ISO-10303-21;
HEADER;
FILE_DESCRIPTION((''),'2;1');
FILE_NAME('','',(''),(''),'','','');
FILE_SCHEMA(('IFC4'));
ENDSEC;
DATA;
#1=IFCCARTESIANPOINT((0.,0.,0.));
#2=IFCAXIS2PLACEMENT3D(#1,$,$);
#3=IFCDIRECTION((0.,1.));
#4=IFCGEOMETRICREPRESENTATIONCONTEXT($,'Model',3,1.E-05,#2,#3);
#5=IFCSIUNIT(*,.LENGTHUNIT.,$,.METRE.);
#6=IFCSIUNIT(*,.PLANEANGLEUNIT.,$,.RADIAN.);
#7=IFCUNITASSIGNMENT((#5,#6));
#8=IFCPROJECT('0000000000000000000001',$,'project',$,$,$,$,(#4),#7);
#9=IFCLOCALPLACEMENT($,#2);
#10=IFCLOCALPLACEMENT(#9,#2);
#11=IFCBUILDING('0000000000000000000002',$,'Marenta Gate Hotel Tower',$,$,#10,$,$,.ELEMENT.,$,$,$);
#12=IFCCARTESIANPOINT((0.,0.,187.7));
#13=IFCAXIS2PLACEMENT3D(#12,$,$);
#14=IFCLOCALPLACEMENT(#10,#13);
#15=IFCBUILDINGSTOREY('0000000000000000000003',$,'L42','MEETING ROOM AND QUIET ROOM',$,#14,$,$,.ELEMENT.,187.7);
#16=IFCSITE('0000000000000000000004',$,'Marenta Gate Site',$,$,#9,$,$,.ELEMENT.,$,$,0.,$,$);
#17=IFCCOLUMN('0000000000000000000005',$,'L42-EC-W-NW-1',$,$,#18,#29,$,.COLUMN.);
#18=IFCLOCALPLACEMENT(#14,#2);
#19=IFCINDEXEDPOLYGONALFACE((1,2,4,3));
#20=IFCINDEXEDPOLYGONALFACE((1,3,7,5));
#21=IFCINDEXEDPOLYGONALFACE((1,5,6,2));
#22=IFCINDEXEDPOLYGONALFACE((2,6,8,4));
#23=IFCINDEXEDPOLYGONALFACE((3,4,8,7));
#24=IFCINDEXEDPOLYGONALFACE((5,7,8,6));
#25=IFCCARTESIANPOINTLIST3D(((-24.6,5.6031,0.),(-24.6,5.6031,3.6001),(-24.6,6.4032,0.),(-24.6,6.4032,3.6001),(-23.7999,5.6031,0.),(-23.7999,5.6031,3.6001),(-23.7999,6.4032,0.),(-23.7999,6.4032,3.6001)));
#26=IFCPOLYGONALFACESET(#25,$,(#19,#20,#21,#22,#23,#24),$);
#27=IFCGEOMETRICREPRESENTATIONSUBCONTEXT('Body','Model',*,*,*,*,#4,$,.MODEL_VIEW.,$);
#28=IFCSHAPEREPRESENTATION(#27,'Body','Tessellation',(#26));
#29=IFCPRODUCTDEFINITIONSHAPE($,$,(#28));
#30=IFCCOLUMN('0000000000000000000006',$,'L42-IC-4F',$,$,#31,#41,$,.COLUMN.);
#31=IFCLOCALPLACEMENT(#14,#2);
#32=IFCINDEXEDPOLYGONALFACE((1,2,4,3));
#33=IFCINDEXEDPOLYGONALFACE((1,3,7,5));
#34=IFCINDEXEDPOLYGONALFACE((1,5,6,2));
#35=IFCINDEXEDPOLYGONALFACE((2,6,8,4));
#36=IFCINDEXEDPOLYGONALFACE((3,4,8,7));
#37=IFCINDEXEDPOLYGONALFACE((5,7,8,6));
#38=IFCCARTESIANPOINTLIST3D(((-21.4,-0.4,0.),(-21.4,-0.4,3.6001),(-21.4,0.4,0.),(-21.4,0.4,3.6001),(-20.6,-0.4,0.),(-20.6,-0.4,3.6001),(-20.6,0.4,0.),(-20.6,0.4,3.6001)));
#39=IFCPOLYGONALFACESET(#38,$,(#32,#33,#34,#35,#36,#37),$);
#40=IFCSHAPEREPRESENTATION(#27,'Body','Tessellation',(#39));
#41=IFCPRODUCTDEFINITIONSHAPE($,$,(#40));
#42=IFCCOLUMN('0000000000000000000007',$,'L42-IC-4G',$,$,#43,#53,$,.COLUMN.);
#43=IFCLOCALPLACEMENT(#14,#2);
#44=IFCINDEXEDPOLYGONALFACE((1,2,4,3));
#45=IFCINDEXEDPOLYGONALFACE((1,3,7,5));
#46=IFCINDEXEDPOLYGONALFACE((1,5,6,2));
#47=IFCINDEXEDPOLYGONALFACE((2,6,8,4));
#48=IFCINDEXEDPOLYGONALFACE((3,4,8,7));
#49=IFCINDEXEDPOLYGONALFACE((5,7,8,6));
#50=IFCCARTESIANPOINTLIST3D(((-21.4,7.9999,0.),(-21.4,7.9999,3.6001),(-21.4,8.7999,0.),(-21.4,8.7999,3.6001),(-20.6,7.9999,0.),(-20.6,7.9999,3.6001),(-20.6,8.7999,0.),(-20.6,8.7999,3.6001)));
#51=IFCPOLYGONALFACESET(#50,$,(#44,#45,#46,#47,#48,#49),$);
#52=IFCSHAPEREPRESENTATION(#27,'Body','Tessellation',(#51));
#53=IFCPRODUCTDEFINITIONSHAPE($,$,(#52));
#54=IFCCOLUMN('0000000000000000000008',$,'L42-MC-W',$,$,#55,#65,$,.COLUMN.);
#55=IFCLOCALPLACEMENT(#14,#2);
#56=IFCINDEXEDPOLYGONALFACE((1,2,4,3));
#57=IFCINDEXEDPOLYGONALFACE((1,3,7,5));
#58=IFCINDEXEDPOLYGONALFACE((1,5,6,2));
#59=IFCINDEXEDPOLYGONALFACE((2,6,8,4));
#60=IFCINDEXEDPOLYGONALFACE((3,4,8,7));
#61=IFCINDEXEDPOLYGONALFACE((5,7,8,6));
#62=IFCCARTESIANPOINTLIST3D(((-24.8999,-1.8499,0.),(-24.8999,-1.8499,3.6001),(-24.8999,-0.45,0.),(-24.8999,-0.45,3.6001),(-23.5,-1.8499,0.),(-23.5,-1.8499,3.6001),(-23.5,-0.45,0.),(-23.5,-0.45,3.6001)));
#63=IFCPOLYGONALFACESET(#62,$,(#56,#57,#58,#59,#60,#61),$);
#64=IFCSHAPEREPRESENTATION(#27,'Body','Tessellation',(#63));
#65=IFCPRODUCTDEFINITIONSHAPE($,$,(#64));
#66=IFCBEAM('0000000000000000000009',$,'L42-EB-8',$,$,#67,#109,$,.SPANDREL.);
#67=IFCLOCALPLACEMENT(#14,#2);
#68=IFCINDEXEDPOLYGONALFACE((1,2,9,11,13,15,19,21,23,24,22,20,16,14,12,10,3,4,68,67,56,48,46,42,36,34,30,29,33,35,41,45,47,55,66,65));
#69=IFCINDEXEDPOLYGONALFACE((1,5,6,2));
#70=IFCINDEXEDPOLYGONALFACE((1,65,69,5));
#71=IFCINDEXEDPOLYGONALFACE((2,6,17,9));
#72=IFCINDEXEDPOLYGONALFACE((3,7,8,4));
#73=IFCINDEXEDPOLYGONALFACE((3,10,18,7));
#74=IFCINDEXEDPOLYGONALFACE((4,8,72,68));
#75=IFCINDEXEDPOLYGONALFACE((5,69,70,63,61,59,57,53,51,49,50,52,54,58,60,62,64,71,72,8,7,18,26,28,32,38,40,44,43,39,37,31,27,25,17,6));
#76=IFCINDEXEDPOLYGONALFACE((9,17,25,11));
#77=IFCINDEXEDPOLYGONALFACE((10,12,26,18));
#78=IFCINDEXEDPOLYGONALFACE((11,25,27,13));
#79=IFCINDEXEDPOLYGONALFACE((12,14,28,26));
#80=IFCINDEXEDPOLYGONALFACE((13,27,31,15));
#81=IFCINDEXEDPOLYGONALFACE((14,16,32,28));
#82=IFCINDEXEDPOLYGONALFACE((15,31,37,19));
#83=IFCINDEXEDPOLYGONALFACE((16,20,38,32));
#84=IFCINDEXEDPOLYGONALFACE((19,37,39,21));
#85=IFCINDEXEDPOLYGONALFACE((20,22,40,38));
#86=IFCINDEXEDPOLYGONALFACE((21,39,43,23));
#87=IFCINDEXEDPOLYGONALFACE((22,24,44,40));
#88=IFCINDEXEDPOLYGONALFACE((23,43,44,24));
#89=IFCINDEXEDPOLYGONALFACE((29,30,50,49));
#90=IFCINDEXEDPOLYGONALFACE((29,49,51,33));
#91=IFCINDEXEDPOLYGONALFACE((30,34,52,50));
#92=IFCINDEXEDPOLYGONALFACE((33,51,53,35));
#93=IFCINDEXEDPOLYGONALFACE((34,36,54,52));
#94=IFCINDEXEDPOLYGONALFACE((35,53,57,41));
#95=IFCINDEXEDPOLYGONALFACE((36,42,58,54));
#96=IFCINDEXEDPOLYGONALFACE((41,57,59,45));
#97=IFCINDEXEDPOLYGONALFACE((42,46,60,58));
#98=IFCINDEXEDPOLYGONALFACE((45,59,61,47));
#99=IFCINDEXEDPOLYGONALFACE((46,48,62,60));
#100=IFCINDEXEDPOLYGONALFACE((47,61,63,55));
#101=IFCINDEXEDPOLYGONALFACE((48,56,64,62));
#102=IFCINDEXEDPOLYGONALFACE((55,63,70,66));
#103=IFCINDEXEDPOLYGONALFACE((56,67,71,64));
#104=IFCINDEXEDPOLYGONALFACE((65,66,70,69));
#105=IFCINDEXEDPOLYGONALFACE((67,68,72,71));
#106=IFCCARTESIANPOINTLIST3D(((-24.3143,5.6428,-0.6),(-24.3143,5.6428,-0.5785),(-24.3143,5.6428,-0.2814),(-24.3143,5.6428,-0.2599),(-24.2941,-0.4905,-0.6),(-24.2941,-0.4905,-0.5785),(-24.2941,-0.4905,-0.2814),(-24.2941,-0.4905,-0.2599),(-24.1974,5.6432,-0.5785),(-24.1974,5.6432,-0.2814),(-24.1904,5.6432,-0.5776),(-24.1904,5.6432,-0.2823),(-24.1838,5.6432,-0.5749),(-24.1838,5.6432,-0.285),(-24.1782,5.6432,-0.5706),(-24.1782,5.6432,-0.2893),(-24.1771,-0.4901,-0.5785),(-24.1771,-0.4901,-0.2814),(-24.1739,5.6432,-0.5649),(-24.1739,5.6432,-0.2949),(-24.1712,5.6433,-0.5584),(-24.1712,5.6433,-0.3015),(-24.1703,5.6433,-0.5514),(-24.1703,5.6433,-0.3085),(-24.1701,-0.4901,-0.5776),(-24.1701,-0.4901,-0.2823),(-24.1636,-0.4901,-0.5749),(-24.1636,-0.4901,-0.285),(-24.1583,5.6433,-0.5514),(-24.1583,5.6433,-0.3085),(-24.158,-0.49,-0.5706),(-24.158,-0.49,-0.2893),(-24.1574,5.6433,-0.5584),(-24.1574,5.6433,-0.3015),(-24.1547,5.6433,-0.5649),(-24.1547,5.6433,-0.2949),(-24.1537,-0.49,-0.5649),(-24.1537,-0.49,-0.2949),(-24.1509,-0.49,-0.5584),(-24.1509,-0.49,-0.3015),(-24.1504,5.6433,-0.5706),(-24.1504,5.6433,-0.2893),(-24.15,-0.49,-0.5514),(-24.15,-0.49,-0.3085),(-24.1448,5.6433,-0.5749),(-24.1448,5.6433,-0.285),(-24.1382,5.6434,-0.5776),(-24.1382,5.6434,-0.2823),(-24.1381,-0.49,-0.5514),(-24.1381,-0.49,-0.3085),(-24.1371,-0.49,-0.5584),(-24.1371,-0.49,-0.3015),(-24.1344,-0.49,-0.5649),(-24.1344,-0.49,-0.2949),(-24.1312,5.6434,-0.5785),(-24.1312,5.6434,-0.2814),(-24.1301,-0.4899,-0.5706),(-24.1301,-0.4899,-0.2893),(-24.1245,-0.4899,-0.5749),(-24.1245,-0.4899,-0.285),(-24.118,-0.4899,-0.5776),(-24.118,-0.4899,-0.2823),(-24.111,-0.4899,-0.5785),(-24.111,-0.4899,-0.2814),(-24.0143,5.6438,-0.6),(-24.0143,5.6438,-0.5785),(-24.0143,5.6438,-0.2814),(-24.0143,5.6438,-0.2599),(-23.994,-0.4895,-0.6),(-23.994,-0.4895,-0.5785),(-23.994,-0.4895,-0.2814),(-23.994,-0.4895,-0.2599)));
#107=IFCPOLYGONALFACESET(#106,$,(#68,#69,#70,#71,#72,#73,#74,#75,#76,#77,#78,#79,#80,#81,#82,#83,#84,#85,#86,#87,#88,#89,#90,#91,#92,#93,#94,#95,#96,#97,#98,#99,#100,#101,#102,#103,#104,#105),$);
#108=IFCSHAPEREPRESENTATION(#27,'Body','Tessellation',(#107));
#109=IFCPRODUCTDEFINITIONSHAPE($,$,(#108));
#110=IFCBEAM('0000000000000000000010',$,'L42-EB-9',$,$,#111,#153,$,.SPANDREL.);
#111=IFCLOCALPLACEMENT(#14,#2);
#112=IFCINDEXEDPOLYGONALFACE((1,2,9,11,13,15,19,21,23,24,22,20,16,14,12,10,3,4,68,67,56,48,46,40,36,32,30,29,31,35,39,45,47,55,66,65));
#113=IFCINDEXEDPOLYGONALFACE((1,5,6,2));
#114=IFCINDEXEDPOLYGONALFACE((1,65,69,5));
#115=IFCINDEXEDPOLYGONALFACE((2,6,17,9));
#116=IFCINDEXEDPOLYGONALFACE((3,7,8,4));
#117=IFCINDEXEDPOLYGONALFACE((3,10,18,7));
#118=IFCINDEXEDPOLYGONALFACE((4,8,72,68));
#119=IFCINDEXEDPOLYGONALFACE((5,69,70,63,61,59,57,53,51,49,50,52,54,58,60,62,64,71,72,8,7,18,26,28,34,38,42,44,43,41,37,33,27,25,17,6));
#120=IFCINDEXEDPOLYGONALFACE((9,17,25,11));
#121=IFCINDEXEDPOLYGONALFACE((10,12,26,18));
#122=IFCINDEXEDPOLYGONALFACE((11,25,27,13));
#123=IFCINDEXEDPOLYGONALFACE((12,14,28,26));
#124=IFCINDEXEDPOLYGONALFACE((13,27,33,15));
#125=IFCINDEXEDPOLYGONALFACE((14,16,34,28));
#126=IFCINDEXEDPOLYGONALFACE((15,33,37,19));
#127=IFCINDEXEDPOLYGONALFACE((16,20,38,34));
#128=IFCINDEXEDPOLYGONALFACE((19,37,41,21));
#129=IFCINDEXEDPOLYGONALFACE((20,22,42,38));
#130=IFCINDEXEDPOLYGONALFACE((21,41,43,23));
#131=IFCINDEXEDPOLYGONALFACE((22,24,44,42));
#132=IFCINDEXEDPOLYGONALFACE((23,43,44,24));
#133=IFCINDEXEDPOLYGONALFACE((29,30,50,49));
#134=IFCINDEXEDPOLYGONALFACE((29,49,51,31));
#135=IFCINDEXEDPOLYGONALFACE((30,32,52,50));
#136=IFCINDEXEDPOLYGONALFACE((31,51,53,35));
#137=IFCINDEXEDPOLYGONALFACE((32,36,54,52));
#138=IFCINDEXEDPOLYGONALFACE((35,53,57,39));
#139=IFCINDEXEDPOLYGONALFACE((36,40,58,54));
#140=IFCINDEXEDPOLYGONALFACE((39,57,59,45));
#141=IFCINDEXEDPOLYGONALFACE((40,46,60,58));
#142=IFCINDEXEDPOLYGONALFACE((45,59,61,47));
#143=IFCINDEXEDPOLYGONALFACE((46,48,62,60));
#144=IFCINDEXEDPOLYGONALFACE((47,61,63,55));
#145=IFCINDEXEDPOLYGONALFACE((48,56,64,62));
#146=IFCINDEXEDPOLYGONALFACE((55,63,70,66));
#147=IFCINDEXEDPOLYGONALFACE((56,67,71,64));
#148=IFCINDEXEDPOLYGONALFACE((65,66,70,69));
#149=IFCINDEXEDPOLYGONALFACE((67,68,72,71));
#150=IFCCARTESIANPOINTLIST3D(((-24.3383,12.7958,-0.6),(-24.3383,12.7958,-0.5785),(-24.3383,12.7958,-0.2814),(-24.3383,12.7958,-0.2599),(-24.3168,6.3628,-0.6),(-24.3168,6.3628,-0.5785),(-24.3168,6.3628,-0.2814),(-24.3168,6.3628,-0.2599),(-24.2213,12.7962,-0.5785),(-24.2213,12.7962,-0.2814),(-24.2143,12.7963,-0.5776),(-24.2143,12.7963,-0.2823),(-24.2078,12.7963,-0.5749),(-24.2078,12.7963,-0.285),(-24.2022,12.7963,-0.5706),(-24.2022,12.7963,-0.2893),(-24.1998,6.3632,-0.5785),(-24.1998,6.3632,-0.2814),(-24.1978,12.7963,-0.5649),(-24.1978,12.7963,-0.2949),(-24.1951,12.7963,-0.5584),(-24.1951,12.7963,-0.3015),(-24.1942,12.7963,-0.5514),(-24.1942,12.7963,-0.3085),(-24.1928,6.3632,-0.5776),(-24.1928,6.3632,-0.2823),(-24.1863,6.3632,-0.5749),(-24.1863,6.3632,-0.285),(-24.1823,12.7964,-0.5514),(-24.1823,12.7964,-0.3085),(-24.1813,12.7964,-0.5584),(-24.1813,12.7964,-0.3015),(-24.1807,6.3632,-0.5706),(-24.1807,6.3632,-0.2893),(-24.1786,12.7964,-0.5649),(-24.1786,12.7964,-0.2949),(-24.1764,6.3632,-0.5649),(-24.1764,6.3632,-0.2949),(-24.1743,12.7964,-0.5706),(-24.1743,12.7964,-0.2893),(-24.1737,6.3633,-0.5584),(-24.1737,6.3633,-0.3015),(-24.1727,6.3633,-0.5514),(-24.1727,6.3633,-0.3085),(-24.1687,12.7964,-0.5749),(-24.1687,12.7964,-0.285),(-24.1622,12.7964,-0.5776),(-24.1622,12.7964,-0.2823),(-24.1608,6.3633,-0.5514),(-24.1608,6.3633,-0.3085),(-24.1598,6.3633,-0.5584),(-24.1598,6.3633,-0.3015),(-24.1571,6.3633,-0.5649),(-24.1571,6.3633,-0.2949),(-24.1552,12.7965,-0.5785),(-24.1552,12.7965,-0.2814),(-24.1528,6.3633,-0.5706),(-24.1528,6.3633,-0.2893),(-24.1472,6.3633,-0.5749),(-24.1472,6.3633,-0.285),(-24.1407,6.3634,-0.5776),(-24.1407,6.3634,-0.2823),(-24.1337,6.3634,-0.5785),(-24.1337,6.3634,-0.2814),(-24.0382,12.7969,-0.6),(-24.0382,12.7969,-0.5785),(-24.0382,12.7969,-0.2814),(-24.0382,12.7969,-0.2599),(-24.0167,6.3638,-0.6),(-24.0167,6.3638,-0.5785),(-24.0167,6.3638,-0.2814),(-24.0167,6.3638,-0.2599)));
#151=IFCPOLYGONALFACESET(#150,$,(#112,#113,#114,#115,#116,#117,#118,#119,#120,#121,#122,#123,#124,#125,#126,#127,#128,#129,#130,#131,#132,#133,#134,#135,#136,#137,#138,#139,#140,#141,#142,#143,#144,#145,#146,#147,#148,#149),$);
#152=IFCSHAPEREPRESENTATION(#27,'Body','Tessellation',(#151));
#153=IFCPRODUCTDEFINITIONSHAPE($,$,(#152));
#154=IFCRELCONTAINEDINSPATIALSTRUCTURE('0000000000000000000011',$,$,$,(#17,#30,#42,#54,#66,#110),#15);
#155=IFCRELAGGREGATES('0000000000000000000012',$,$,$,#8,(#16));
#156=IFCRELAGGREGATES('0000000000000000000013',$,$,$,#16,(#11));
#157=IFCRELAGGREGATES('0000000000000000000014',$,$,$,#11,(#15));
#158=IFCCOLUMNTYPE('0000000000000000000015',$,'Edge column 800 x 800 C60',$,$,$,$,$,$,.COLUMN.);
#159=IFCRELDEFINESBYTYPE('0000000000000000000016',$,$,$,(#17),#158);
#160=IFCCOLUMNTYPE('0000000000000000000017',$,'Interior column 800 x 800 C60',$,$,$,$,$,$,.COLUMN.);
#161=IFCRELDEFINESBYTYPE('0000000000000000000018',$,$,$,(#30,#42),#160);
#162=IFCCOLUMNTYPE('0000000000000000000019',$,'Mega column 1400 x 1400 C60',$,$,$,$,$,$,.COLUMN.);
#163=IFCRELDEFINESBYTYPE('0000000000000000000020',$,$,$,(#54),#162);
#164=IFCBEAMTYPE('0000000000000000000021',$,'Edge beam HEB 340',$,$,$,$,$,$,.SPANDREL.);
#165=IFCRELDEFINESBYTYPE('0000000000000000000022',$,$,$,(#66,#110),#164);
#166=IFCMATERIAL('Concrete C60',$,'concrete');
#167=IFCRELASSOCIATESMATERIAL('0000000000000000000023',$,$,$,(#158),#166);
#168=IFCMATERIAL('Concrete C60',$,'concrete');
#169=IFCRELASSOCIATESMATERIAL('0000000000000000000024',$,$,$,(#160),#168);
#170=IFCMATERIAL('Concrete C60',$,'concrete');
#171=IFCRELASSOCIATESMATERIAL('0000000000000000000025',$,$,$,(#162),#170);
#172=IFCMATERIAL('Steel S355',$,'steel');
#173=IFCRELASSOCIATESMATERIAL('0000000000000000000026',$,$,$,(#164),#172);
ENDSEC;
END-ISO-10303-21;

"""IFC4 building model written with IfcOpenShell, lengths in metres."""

from ifc_helpers import new_model, si_unit, direction, frame, origin, origin_2d, place, context, subcontext, project, spatial, rectangle, i_section, extrude, material, material_profile, profile_set, type_object, element, save


model = new_model("IFC4")

# Units and contexts
model_context = context("Model", 3, precision=1e-05, world=origin(), true_north=direction((0.0, 1.0)))
body_context = subcontext(model_context, "Body", "Model", "MODEL_VIEW")
ifc_project = project(units=[si_unit("LENGTHUNIT", "METRE"), si_unit("PLANEANGLEUNIT", "RADIAN")], contexts=[model_context])

# Site, building, storey
site_placement = place(None, origin())
site = spatial("IfcSite", under=ifc_project, at=site_placement, Name="Marenta Gate Site", CompositionType="ELEMENT", RefElevation=0.0)
building_placement = place(site_placement, origin())
building = spatial("IfcBuilding", under=site, at=building_placement, Name="Marenta Gate Hotel Tower", CompositionType="ELEMENT")
storey_placement = place(building_placement, frame((0.0, 0.0, 187.7)))
storey = spatial("IfcBuildingStorey", under=building, at=storey_placement, Name="L42", Description="MEETING ROOM AND QUIET ROOM", CompositionType="ELEMENT", Elevation=187.7)

# Columns
ifc_material_1 = material(Name="Concrete C60", Category="concrete")
ifc_material_profile_1 = material_profile(ifc_material_1, rectangle(XDim=0.8, YDim=0.8, at=origin_2d()), Name="800 x 800")
ifc_profile_set_1 = profile_set([ifc_material_profile_1], Name="Concrete C60")
column_type_1 = type_object("IfcColumnType", Name="Edge column 800 x 800 C60", PredefinedType="COLUMN", material=ifc_profile_set_1)
column_1_placement = place(storey_placement, frame((-24.2, 6.0032, 0.0), z_axis=(0.0, 0.0, 1.0), x_axis=(1.0, 0.0, 0.0)))
element("IfcColumn", 1, at=column_1_placement, inside=storey, type_object=column_type_1, Name="L42-EC-W-NW-1", PredefinedType="COLUMN", context=body_context, shape_type="SweptSolid", body=[
    extrude(rectangle(XDim=0.8, YDim=0.8, at=origin_2d()), origin(), (0.0, 0.0, 1.0), 3.6001),
])
ifc_material_2 = material(Name="Concrete C60", Category="concrete")
ifc_material_profile_2 = material_profile(ifc_material_2, rectangle(XDim=0.8, YDim=0.8, at=origin_2d()), Name="800 x 800")
ifc_profile_set_2 = profile_set([ifc_material_profile_2], Name="Concrete C60")
column_type_2 = type_object("IfcColumnType", Name="Interior column 800 x 800 C60", PredefinedType="COLUMN", material=ifc_profile_set_2)
for number, where, z_axis, x_axis, name in (
    (2, (-21.0, 0.0, 0.0), (0.0, 0.0, 1.0), (1.0, 0.0, 0.0), "L42-IC-4F"),
    (3, (-21.0, 8.3999, 0.0), (0.0, 0.0, 1.0), (1.0, 0.0, 0.0), "L42-IC-4G"),
):
    element("IfcColumn", number, at=place(storey_placement, frame(where, z_axis=z_axis, x_axis=x_axis)), inside=storey, type_object=column_type_2, Name=name, PredefinedType="COLUMN", context=body_context, shape_type="SweptSolid", body=[
        extrude(rectangle(XDim=0.8, YDim=0.8, at=origin_2d()), origin(), (0.0, 0.0, 1.0), 3.6001),
    ])
ifc_material_3 = material(Name="Concrete C60", Category="concrete")
ifc_material_profile_3 = material_profile(ifc_material_3, rectangle(XDim=1.3999, YDim=1.3999, at=origin_2d()), Name="1400 x 1400")
ifc_profile_set_3 = profile_set([ifc_material_profile_3], Name="Concrete C60")
column_type_3 = type_object("IfcColumnType", Name="Mega column 1400 x 1400 C60", PredefinedType="COLUMN", material=ifc_profile_set_3)
column_2_placement = place(storey_placement, frame((-24.2, -1.1499, 0.0), z_axis=(0.0, 0.0, 1.0), x_axis=(1.0, 0.0, 0.0)))
element("IfcColumn", 4, at=column_2_placement, inside=storey, type_object=column_type_3, Name="L42-MC-W", PredefinedType="COLUMN", context=body_context, shape_type="SweptSolid", body=[
    extrude(rectangle(XDim=1.3999, YDim=1.3999, at=origin_2d()), origin(), (0.0, 0.0, 1.0), 3.6001),
])

# Beams
ifc_material_4 = material(Name="Steel S355", Category="steel")
ifc_material_profile_4 = material_profile(ifc_material_4, i_section(OverallWidth=0.3, OverallDepth=0.3401, WebThickness=0.012, FlangeThickness=0.0215, FilletRadius=0.0271, at=origin_2d()), Name="HEB 340")
ifc_profile_set_4 = profile_set([ifc_material_profile_4], Name="Steel S355")
beam_type_1 = type_object("IfcBeamType", Name="Edge beam HEB 340", PredefinedType="SPANDREL", material=ifc_profile_set_4)
beam_1_placement = place(storey_placement, frame((-24.144, -0.49, -0.4299), z_axis=(-0.003304, 0.999995, 0.0), x_axis=(-0.999995, -0.003304, 0.0)))
element("IfcBeam", 5, at=beam_1_placement, inside=storey, type_object=beam_type_1, Name="L42-EB-8", PredefinedType="SPANDREL", context=body_context, shape_type="SweptSolid", body=[
    extrude(i_section(OverallWidth=0.3, OverallDepth=0.3401, WebThickness=0.012, FlangeThickness=0.0215, FilletRadius=0.0271, at=origin_2d()), origin(), (0.0, 0.0, 1.0), 6.1333),
])
beam_2_placement = place(storey_placement, frame((-24.1667, 6.3633, -0.4299), z_axis=(-0.00334, 0.999994, 0.0), x_axis=(-0.999994, -0.00334, 0.0)))
element("IfcBeam", 6, at=beam_2_placement, inside=storey, type_object=beam_type_1, Name="L42-EB-9", PredefinedType="SPANDREL", context=body_context, shape_type="SweptSolid", body=[
    extrude(i_section(OverallWidth=0.3, OverallDepth=0.3401, WebThickness=0.012, FlangeThickness=0.0215, FilletRadius=0.0271, at=origin_2d()), origin(), (0.0, 0.0, 1.0), 6.4331),
])

save(model, "model.ifc")
